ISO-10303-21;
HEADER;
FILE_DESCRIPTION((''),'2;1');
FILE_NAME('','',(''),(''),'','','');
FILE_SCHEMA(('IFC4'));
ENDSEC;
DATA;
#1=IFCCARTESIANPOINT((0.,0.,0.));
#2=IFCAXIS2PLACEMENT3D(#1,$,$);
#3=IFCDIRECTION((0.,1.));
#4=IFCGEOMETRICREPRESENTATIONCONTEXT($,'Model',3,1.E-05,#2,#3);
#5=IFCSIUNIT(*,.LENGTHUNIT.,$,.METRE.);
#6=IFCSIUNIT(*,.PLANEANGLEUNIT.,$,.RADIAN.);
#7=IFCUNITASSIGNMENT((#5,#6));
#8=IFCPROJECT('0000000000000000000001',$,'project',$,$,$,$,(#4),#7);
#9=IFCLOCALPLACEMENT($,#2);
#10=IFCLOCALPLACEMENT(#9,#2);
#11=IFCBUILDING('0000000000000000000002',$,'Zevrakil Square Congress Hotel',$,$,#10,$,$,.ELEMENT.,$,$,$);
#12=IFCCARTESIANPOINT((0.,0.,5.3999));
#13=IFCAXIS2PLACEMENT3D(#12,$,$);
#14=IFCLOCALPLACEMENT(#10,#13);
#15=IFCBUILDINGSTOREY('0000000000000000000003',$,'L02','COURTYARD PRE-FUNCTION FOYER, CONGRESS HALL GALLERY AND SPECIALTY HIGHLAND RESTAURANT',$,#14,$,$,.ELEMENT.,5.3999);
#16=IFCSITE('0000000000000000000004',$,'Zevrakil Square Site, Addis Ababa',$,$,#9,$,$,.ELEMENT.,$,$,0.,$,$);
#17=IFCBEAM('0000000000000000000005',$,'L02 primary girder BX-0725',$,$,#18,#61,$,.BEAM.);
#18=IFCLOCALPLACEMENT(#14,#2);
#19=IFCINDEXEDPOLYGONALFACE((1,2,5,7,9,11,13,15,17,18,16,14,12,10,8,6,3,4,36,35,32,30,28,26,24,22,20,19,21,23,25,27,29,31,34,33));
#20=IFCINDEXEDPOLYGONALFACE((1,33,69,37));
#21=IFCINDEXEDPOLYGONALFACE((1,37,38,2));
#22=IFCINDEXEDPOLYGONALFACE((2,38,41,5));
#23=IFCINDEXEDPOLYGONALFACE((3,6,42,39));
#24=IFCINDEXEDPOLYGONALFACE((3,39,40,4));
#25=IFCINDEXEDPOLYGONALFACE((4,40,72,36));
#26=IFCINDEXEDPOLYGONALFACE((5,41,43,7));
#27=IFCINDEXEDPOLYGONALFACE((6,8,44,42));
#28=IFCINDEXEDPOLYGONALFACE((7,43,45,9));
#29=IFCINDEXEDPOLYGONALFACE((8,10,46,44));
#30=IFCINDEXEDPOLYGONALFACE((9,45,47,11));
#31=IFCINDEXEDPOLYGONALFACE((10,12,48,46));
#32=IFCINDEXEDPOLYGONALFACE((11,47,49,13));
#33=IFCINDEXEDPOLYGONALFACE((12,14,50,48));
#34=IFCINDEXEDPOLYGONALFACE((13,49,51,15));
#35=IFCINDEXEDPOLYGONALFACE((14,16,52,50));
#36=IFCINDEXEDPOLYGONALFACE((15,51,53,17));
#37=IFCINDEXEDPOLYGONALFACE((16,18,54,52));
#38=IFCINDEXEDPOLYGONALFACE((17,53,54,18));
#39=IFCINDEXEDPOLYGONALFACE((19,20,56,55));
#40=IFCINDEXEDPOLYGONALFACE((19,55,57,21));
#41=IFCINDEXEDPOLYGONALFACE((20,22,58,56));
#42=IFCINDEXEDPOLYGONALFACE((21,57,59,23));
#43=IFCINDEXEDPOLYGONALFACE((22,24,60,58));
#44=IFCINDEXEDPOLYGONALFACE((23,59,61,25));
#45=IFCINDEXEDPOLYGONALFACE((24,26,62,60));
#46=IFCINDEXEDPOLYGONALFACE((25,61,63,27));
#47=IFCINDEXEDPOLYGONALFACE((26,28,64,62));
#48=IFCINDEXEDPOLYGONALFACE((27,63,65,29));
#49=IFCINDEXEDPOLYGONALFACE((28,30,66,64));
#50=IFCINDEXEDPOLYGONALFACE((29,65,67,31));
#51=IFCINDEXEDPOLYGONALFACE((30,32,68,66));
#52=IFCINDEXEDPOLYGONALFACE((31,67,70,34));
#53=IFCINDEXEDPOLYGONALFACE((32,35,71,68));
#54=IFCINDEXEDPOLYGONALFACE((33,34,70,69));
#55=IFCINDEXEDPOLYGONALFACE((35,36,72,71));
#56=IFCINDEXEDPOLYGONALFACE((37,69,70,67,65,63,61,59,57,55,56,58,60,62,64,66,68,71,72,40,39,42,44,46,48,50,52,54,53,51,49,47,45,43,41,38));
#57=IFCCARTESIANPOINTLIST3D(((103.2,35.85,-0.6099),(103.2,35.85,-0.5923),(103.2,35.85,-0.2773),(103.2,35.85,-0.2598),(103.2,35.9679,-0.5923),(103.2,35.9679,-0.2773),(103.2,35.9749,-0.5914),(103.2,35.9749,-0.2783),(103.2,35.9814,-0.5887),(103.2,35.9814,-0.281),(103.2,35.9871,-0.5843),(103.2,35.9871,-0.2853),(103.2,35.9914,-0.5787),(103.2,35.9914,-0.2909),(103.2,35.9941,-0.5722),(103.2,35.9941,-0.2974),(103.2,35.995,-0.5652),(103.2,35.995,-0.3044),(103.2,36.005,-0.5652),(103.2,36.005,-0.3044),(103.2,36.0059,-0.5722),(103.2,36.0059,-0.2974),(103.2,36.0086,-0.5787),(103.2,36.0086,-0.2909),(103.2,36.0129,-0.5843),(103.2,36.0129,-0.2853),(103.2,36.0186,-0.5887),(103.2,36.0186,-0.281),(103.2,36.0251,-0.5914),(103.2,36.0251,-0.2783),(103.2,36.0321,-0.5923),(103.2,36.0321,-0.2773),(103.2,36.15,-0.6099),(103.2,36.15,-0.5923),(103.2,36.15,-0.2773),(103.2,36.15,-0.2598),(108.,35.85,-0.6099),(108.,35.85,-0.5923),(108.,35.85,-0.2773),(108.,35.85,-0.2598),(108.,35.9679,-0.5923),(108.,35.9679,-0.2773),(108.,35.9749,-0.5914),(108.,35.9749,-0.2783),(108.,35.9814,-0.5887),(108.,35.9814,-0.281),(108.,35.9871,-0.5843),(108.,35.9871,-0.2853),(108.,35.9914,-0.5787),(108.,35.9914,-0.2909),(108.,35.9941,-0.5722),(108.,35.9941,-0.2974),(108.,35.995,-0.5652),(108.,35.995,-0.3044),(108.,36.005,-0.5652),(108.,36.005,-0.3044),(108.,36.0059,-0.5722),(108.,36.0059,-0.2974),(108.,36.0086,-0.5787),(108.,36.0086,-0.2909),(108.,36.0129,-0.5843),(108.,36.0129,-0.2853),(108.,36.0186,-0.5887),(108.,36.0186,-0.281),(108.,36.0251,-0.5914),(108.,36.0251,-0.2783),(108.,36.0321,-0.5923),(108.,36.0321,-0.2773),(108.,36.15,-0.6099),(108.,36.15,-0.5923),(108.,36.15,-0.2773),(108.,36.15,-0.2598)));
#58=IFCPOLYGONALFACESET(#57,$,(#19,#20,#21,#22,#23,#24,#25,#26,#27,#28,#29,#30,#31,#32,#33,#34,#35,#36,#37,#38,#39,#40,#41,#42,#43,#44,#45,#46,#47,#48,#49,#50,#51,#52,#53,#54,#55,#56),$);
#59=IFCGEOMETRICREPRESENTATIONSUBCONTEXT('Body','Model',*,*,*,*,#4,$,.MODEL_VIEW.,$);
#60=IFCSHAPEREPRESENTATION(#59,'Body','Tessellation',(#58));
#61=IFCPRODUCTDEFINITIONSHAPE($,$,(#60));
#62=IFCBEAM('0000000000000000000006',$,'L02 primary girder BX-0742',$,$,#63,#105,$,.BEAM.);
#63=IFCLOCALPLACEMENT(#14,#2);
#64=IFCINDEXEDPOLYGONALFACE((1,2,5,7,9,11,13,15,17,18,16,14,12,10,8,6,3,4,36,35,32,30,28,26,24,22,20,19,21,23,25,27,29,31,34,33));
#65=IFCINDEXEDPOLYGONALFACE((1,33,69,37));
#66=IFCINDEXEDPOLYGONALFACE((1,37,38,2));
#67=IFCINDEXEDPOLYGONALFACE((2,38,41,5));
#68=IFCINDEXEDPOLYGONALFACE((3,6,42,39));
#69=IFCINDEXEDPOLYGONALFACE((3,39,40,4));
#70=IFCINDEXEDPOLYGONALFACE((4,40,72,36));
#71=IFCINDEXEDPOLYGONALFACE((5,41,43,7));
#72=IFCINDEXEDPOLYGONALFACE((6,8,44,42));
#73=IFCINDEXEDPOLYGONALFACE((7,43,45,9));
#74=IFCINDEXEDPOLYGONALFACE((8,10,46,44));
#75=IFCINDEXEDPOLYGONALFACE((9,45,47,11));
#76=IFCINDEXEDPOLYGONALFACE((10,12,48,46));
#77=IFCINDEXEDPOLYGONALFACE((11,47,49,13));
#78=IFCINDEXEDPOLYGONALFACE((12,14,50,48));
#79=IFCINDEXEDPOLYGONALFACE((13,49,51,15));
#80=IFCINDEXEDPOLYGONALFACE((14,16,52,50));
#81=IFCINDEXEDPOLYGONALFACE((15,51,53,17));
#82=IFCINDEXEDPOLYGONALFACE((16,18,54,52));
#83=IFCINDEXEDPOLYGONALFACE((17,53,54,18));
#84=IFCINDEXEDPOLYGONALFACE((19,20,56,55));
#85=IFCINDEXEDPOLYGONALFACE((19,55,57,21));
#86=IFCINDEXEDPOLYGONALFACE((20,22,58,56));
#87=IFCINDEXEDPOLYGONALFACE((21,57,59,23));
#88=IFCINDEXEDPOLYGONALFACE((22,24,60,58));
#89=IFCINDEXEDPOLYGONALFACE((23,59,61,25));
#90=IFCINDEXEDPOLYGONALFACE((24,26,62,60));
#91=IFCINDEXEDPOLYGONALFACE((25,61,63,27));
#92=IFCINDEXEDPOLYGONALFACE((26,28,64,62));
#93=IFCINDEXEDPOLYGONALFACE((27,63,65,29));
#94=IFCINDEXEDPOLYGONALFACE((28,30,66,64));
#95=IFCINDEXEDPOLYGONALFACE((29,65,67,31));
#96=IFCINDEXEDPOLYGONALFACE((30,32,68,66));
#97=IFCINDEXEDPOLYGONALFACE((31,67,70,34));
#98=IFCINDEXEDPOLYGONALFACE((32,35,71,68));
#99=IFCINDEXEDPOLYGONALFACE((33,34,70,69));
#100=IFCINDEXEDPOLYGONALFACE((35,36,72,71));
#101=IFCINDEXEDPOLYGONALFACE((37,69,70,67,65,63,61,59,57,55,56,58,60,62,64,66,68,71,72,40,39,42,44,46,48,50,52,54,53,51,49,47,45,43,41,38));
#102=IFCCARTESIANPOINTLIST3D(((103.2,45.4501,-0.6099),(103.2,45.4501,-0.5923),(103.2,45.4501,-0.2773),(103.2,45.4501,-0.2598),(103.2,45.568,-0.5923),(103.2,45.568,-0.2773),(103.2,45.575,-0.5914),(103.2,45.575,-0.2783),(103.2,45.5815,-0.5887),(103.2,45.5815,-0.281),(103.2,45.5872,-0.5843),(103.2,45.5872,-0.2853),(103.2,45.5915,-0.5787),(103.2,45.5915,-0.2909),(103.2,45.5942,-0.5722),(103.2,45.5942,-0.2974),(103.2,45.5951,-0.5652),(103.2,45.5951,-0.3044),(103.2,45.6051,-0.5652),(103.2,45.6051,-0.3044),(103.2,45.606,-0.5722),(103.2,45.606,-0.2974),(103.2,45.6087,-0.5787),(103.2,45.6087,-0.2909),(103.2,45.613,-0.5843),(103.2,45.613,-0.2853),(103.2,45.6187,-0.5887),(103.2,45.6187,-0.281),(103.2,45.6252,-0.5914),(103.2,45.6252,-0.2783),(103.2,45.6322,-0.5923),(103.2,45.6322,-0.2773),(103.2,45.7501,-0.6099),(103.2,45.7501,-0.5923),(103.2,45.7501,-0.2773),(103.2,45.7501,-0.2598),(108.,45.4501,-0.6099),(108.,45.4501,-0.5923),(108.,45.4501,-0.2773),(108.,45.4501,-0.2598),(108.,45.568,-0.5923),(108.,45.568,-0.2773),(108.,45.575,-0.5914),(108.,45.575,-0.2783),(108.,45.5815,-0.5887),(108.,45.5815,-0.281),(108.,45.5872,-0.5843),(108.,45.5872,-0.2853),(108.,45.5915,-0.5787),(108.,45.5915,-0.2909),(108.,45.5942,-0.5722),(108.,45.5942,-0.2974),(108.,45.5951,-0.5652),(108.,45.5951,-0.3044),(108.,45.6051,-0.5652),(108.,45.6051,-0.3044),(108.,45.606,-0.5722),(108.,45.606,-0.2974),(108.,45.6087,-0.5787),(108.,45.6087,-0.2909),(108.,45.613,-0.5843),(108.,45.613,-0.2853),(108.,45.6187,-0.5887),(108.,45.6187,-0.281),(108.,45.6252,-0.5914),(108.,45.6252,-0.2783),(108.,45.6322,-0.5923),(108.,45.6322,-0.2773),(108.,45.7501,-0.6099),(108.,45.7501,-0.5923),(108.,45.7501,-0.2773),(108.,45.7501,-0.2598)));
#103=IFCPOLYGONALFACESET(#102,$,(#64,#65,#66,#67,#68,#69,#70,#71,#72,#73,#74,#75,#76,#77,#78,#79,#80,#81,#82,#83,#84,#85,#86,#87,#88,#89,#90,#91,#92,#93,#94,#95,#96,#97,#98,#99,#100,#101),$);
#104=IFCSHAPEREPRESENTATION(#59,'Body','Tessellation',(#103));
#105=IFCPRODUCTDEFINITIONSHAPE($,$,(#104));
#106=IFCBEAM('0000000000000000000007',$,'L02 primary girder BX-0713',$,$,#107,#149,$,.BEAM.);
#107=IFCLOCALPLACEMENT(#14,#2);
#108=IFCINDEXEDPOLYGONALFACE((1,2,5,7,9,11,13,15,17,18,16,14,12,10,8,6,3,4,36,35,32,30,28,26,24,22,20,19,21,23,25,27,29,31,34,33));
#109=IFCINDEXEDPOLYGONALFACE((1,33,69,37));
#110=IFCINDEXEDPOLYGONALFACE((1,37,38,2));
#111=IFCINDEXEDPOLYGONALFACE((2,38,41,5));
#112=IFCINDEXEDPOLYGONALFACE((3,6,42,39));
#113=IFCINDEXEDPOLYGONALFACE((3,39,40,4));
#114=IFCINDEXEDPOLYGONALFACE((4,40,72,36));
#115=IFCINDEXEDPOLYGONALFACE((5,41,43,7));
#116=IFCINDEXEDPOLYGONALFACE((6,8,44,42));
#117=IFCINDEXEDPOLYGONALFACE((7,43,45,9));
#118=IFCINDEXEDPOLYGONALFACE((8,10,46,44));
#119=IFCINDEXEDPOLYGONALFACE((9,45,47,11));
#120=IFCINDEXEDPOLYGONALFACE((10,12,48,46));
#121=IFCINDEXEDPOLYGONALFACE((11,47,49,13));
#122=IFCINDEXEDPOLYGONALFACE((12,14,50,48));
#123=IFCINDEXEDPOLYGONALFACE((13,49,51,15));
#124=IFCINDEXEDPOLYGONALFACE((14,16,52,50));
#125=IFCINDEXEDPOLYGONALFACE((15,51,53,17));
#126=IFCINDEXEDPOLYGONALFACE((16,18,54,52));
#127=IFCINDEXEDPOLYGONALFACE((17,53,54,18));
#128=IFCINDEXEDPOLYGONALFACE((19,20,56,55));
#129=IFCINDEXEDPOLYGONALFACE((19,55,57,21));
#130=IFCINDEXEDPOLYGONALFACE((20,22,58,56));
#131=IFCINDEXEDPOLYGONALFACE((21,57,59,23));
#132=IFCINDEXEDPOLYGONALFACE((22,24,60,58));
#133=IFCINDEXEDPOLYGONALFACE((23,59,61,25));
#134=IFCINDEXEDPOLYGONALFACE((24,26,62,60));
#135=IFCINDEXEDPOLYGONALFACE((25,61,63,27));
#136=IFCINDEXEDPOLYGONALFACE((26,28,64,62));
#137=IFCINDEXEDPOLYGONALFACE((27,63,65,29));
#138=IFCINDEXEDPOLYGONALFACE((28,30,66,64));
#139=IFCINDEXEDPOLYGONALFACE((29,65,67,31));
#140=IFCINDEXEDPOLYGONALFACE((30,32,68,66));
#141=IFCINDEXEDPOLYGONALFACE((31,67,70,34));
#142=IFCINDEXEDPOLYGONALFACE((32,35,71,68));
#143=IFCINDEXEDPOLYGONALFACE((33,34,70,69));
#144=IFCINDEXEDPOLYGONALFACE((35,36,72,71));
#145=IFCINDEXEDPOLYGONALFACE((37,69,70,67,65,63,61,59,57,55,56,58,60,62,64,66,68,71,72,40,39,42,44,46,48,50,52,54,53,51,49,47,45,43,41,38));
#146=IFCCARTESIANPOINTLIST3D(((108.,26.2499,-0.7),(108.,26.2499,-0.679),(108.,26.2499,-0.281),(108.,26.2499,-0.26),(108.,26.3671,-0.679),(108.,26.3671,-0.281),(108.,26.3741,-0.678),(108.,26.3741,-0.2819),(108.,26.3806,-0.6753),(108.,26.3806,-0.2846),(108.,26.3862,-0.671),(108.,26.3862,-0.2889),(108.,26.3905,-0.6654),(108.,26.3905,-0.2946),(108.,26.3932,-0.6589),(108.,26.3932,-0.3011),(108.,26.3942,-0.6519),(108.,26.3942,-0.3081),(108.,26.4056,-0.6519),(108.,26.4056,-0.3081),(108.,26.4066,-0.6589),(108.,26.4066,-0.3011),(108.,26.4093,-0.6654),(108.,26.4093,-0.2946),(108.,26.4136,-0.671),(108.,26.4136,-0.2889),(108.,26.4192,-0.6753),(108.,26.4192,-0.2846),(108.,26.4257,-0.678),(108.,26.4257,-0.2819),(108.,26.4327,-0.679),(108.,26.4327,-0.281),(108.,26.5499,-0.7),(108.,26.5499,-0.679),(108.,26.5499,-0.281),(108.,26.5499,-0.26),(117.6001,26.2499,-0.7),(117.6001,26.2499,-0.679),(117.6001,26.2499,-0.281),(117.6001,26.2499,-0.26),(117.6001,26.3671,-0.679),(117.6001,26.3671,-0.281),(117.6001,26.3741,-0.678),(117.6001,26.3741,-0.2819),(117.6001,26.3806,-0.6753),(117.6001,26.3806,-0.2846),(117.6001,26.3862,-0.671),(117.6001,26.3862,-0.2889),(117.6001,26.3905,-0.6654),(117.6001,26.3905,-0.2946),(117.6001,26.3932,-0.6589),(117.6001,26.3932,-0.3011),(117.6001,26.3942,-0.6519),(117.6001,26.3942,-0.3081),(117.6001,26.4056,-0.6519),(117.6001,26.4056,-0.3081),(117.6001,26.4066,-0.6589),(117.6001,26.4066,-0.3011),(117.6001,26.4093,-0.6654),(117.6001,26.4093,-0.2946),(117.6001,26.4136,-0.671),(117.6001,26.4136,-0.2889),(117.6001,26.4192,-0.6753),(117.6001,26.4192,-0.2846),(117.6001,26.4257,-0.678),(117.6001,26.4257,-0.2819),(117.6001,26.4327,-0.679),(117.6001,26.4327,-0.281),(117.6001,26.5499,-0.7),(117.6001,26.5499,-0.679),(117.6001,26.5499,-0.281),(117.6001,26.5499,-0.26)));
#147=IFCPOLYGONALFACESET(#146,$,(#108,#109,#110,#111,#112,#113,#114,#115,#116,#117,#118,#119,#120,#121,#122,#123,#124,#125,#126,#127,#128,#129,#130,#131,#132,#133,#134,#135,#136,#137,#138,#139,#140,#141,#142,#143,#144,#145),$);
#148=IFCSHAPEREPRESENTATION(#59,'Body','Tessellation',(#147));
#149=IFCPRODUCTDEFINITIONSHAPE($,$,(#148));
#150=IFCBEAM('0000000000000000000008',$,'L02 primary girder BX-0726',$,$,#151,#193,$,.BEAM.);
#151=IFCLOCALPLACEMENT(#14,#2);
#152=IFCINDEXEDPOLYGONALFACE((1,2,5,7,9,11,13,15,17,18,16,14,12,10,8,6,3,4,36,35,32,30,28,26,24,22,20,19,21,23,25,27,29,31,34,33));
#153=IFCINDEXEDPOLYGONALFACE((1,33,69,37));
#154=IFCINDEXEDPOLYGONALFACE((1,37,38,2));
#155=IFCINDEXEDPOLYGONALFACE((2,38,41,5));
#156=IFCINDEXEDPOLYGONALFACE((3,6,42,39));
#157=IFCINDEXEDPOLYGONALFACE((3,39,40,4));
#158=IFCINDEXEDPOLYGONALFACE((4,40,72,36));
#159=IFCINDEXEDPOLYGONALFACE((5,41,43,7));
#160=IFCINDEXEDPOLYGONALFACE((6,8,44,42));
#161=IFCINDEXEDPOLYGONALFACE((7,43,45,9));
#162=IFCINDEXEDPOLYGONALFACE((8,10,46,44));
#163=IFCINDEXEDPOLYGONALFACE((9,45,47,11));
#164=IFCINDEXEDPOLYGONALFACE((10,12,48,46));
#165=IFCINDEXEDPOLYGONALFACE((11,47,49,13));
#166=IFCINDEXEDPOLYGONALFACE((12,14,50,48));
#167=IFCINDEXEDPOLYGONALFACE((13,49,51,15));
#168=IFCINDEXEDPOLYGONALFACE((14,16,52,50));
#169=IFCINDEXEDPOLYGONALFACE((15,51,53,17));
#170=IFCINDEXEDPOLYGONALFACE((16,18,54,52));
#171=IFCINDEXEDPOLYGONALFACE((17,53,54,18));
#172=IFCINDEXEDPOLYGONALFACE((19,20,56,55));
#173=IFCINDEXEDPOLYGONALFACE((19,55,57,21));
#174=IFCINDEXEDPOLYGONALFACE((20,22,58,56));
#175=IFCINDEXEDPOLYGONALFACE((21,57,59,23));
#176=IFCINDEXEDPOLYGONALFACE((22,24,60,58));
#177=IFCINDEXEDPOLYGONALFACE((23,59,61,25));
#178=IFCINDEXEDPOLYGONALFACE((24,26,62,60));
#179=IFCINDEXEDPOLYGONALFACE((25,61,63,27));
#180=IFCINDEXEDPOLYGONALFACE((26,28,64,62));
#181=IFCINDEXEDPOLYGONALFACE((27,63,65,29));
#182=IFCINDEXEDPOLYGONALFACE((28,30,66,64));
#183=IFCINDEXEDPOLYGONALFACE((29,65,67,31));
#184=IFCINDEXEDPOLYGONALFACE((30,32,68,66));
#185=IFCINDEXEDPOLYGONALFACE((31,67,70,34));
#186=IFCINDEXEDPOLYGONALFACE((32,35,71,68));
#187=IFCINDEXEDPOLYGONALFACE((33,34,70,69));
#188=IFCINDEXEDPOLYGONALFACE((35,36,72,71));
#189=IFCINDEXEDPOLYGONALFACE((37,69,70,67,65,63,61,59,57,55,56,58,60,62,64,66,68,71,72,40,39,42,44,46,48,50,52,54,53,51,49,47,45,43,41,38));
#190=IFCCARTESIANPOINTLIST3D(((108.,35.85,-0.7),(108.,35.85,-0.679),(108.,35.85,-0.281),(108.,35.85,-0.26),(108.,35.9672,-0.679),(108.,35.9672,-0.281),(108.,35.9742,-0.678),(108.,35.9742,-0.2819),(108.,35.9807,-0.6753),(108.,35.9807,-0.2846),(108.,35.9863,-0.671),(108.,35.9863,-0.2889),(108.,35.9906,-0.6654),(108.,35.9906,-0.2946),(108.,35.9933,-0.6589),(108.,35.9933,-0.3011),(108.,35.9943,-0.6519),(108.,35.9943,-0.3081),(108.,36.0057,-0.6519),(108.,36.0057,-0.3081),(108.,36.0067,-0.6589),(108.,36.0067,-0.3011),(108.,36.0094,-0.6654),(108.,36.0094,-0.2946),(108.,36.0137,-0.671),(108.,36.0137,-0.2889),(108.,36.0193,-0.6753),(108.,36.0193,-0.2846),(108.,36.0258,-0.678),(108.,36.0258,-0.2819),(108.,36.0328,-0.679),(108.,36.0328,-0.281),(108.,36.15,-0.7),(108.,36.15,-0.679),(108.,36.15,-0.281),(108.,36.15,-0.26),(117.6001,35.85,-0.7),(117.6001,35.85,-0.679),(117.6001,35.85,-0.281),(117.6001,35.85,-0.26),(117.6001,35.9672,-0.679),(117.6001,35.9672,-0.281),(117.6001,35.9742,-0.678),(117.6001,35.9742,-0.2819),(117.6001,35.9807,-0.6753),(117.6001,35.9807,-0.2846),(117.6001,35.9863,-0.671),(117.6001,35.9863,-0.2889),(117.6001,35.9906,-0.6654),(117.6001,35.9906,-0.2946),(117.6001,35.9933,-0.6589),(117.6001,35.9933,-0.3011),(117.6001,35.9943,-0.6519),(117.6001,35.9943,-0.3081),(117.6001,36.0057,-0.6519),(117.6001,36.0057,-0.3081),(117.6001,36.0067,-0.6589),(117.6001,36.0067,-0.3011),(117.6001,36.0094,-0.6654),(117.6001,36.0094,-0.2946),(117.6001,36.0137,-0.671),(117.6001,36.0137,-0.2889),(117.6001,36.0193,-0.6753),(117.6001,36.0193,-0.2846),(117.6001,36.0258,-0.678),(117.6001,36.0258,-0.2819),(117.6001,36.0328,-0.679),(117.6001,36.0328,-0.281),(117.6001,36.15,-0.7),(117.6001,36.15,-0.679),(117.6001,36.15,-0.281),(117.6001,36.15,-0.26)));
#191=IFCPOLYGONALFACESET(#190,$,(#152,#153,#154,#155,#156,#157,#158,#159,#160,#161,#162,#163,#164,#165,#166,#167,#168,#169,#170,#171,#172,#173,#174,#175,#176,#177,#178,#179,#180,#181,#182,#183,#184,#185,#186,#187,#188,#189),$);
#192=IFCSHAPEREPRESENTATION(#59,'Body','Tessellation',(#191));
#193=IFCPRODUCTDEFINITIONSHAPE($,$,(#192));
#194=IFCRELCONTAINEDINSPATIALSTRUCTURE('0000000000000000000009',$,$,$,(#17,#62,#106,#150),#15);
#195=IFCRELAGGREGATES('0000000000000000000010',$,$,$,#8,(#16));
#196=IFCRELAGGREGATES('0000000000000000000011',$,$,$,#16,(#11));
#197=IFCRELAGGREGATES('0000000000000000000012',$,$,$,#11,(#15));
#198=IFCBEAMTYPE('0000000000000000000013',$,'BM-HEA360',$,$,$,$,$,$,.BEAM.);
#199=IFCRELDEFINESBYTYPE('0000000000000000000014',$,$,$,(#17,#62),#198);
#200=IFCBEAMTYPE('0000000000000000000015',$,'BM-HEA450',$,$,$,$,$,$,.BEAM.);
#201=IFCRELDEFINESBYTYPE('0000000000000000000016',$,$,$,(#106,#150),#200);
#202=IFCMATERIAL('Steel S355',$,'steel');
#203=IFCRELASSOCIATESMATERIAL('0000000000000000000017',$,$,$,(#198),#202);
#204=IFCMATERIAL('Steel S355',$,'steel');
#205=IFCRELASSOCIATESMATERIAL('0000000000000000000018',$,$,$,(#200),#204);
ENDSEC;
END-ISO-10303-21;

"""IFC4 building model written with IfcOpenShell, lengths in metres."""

from ifc_helpers import new_model, si_unit, direction, frame, origin, origin_2d, place, context, subcontext, project, spatial, i_section, extrude, material, material_profile, profile_set, type_object, element, save


model = new_model("IFC4")

# Units and contexts
model_context = context("Model", 3, precision=1e-05, world=origin(), true_north=direction((0.0, 1.0)))
body_context = subcontext(model_context, "Body", "Model", "MODEL_VIEW")
ifc_project = project(units=[si_unit("LENGTHUNIT", "METRE"), si_unit("PLANEANGLEUNIT", "RADIAN")], contexts=[model_context])

# Site, building, storey
site_placement = place(None, origin())
site = spatial("IfcSite", under=ifc_project, at=site_placement, Name="Zevrakil Square Site, Addis Ababa", CompositionType="ELEMENT", RefElevation=0.0)
building_placement = place(site_placement, origin())
building = spatial("IfcBuilding", under=site, at=building_placement, Name="Zevrakil Square Congress Hotel", CompositionType="ELEMENT")
storey_placement = place(building_placement, frame((0.0, 0.0, 5.3999)))
storey = spatial("IfcBuildingStorey", under=building, at=storey_placement, Name="L02", Description="COURTYARD PRE-FUNCTION FOYER, CONGRESS HALL GALLERY AND SPECIALTY HIGHLAND RESTAURANT", CompositionType="ELEMENT", Elevation=5.3999)

# Beams
ifc_material_1 = material(Name="Steel S355", Category="steel")
ifc_material_profile_1 = material_profile(ifc_material_1, i_section(OverallWidth=0.3, OverallDepth=0.3501, WebThickness=0.01, FlangeThickness=0.0176, FilletRadius=0.0271, at=origin_2d()), Name="HEA 360")
ifc_profile_set_1 = profile_set([ifc_material_profile_1], Name="Steel S355")
beam_type_1 = type_object("IfcBeamType", Name="BM-HEA360", PredefinedType="BEAM", material=ifc_profile_set_1)
for number, where, z_axis, x_axis, name in (
    (1, (103.2, 36.0, -0.4348), (1.0, 0.0, 0.0), (0.0, 1.0, 0.0), "L02 primary girder BX-0725"),
    (2, (103.2, 45.6001, -0.4348), (1.0, 0.0, 0.0), (0.0, 1.0, 0.0), "L02 primary girder BX-0742"),
):
    element("IfcBeam", number, at=place(storey_placement, frame(where, z_axis=z_axis, x_axis=x_axis)), inside=storey, type_object=beam_type_1, Name=name, PredefinedType="BEAM", context=body_context, shape_type="SweptSolid", body=[
        extrude(i_section(OverallWidth=0.3, OverallDepth=0.3501, WebThickness=0.01, FlangeThickness=0.0176, FilletRadius=0.0271, at=origin_2d()), origin(), (0.0, 0.0, 1.0), 4.8),
    ])
ifc_material_2 = material(Name="Steel S355", Category="steel")
ifc_material_profile_2 = material_profile(ifc_material_2, i_section(OverallWidth=0.3, OverallDepth=0.4399, WebThickness=0.0115, FlangeThickness=0.021, FilletRadius=0.0271, at=origin_2d()), Name="HEA 450")
ifc_profile_set_2 = profile_set([ifc_material_profile_2], Name="Steel S355")
beam_type_2 = type_object("IfcBeamType", Name="BM-HEA450", PredefinedType="BEAM", material=ifc_profile_set_2)
for number, where, z_axis, x_axis, name in (
    (3, (108.0, 26.3999, -0.48), (1.0, 0.0, 0.0), (0.0, 1.0, 0.0), "L02 primary girder BX-0713"),
    (4, (108.0, 36.0, -0.48), (1.0, 0.0, 0.0), (0.0, 1.0, 0.0), "L02 primary girder BX-0726"),
):
    element("IfcBeam", number, at=place(storey_placement, frame(where, z_axis=z_axis, x_axis=x_axis)), inside=storey, type_object=beam_type_2, Name=name, PredefinedType="BEAM", context=body_context, shape_type="SweptSolid", body=[
        extrude(i_section(OverallWidth=0.3, OverallDepth=0.4399, WebThickness=0.0115, FlangeThickness=0.021, FilletRadius=0.0271, at=origin_2d()), origin(), (0.0, 0.0, 1.0), 9.6001),
    ])

save(model, "model.ifc")
